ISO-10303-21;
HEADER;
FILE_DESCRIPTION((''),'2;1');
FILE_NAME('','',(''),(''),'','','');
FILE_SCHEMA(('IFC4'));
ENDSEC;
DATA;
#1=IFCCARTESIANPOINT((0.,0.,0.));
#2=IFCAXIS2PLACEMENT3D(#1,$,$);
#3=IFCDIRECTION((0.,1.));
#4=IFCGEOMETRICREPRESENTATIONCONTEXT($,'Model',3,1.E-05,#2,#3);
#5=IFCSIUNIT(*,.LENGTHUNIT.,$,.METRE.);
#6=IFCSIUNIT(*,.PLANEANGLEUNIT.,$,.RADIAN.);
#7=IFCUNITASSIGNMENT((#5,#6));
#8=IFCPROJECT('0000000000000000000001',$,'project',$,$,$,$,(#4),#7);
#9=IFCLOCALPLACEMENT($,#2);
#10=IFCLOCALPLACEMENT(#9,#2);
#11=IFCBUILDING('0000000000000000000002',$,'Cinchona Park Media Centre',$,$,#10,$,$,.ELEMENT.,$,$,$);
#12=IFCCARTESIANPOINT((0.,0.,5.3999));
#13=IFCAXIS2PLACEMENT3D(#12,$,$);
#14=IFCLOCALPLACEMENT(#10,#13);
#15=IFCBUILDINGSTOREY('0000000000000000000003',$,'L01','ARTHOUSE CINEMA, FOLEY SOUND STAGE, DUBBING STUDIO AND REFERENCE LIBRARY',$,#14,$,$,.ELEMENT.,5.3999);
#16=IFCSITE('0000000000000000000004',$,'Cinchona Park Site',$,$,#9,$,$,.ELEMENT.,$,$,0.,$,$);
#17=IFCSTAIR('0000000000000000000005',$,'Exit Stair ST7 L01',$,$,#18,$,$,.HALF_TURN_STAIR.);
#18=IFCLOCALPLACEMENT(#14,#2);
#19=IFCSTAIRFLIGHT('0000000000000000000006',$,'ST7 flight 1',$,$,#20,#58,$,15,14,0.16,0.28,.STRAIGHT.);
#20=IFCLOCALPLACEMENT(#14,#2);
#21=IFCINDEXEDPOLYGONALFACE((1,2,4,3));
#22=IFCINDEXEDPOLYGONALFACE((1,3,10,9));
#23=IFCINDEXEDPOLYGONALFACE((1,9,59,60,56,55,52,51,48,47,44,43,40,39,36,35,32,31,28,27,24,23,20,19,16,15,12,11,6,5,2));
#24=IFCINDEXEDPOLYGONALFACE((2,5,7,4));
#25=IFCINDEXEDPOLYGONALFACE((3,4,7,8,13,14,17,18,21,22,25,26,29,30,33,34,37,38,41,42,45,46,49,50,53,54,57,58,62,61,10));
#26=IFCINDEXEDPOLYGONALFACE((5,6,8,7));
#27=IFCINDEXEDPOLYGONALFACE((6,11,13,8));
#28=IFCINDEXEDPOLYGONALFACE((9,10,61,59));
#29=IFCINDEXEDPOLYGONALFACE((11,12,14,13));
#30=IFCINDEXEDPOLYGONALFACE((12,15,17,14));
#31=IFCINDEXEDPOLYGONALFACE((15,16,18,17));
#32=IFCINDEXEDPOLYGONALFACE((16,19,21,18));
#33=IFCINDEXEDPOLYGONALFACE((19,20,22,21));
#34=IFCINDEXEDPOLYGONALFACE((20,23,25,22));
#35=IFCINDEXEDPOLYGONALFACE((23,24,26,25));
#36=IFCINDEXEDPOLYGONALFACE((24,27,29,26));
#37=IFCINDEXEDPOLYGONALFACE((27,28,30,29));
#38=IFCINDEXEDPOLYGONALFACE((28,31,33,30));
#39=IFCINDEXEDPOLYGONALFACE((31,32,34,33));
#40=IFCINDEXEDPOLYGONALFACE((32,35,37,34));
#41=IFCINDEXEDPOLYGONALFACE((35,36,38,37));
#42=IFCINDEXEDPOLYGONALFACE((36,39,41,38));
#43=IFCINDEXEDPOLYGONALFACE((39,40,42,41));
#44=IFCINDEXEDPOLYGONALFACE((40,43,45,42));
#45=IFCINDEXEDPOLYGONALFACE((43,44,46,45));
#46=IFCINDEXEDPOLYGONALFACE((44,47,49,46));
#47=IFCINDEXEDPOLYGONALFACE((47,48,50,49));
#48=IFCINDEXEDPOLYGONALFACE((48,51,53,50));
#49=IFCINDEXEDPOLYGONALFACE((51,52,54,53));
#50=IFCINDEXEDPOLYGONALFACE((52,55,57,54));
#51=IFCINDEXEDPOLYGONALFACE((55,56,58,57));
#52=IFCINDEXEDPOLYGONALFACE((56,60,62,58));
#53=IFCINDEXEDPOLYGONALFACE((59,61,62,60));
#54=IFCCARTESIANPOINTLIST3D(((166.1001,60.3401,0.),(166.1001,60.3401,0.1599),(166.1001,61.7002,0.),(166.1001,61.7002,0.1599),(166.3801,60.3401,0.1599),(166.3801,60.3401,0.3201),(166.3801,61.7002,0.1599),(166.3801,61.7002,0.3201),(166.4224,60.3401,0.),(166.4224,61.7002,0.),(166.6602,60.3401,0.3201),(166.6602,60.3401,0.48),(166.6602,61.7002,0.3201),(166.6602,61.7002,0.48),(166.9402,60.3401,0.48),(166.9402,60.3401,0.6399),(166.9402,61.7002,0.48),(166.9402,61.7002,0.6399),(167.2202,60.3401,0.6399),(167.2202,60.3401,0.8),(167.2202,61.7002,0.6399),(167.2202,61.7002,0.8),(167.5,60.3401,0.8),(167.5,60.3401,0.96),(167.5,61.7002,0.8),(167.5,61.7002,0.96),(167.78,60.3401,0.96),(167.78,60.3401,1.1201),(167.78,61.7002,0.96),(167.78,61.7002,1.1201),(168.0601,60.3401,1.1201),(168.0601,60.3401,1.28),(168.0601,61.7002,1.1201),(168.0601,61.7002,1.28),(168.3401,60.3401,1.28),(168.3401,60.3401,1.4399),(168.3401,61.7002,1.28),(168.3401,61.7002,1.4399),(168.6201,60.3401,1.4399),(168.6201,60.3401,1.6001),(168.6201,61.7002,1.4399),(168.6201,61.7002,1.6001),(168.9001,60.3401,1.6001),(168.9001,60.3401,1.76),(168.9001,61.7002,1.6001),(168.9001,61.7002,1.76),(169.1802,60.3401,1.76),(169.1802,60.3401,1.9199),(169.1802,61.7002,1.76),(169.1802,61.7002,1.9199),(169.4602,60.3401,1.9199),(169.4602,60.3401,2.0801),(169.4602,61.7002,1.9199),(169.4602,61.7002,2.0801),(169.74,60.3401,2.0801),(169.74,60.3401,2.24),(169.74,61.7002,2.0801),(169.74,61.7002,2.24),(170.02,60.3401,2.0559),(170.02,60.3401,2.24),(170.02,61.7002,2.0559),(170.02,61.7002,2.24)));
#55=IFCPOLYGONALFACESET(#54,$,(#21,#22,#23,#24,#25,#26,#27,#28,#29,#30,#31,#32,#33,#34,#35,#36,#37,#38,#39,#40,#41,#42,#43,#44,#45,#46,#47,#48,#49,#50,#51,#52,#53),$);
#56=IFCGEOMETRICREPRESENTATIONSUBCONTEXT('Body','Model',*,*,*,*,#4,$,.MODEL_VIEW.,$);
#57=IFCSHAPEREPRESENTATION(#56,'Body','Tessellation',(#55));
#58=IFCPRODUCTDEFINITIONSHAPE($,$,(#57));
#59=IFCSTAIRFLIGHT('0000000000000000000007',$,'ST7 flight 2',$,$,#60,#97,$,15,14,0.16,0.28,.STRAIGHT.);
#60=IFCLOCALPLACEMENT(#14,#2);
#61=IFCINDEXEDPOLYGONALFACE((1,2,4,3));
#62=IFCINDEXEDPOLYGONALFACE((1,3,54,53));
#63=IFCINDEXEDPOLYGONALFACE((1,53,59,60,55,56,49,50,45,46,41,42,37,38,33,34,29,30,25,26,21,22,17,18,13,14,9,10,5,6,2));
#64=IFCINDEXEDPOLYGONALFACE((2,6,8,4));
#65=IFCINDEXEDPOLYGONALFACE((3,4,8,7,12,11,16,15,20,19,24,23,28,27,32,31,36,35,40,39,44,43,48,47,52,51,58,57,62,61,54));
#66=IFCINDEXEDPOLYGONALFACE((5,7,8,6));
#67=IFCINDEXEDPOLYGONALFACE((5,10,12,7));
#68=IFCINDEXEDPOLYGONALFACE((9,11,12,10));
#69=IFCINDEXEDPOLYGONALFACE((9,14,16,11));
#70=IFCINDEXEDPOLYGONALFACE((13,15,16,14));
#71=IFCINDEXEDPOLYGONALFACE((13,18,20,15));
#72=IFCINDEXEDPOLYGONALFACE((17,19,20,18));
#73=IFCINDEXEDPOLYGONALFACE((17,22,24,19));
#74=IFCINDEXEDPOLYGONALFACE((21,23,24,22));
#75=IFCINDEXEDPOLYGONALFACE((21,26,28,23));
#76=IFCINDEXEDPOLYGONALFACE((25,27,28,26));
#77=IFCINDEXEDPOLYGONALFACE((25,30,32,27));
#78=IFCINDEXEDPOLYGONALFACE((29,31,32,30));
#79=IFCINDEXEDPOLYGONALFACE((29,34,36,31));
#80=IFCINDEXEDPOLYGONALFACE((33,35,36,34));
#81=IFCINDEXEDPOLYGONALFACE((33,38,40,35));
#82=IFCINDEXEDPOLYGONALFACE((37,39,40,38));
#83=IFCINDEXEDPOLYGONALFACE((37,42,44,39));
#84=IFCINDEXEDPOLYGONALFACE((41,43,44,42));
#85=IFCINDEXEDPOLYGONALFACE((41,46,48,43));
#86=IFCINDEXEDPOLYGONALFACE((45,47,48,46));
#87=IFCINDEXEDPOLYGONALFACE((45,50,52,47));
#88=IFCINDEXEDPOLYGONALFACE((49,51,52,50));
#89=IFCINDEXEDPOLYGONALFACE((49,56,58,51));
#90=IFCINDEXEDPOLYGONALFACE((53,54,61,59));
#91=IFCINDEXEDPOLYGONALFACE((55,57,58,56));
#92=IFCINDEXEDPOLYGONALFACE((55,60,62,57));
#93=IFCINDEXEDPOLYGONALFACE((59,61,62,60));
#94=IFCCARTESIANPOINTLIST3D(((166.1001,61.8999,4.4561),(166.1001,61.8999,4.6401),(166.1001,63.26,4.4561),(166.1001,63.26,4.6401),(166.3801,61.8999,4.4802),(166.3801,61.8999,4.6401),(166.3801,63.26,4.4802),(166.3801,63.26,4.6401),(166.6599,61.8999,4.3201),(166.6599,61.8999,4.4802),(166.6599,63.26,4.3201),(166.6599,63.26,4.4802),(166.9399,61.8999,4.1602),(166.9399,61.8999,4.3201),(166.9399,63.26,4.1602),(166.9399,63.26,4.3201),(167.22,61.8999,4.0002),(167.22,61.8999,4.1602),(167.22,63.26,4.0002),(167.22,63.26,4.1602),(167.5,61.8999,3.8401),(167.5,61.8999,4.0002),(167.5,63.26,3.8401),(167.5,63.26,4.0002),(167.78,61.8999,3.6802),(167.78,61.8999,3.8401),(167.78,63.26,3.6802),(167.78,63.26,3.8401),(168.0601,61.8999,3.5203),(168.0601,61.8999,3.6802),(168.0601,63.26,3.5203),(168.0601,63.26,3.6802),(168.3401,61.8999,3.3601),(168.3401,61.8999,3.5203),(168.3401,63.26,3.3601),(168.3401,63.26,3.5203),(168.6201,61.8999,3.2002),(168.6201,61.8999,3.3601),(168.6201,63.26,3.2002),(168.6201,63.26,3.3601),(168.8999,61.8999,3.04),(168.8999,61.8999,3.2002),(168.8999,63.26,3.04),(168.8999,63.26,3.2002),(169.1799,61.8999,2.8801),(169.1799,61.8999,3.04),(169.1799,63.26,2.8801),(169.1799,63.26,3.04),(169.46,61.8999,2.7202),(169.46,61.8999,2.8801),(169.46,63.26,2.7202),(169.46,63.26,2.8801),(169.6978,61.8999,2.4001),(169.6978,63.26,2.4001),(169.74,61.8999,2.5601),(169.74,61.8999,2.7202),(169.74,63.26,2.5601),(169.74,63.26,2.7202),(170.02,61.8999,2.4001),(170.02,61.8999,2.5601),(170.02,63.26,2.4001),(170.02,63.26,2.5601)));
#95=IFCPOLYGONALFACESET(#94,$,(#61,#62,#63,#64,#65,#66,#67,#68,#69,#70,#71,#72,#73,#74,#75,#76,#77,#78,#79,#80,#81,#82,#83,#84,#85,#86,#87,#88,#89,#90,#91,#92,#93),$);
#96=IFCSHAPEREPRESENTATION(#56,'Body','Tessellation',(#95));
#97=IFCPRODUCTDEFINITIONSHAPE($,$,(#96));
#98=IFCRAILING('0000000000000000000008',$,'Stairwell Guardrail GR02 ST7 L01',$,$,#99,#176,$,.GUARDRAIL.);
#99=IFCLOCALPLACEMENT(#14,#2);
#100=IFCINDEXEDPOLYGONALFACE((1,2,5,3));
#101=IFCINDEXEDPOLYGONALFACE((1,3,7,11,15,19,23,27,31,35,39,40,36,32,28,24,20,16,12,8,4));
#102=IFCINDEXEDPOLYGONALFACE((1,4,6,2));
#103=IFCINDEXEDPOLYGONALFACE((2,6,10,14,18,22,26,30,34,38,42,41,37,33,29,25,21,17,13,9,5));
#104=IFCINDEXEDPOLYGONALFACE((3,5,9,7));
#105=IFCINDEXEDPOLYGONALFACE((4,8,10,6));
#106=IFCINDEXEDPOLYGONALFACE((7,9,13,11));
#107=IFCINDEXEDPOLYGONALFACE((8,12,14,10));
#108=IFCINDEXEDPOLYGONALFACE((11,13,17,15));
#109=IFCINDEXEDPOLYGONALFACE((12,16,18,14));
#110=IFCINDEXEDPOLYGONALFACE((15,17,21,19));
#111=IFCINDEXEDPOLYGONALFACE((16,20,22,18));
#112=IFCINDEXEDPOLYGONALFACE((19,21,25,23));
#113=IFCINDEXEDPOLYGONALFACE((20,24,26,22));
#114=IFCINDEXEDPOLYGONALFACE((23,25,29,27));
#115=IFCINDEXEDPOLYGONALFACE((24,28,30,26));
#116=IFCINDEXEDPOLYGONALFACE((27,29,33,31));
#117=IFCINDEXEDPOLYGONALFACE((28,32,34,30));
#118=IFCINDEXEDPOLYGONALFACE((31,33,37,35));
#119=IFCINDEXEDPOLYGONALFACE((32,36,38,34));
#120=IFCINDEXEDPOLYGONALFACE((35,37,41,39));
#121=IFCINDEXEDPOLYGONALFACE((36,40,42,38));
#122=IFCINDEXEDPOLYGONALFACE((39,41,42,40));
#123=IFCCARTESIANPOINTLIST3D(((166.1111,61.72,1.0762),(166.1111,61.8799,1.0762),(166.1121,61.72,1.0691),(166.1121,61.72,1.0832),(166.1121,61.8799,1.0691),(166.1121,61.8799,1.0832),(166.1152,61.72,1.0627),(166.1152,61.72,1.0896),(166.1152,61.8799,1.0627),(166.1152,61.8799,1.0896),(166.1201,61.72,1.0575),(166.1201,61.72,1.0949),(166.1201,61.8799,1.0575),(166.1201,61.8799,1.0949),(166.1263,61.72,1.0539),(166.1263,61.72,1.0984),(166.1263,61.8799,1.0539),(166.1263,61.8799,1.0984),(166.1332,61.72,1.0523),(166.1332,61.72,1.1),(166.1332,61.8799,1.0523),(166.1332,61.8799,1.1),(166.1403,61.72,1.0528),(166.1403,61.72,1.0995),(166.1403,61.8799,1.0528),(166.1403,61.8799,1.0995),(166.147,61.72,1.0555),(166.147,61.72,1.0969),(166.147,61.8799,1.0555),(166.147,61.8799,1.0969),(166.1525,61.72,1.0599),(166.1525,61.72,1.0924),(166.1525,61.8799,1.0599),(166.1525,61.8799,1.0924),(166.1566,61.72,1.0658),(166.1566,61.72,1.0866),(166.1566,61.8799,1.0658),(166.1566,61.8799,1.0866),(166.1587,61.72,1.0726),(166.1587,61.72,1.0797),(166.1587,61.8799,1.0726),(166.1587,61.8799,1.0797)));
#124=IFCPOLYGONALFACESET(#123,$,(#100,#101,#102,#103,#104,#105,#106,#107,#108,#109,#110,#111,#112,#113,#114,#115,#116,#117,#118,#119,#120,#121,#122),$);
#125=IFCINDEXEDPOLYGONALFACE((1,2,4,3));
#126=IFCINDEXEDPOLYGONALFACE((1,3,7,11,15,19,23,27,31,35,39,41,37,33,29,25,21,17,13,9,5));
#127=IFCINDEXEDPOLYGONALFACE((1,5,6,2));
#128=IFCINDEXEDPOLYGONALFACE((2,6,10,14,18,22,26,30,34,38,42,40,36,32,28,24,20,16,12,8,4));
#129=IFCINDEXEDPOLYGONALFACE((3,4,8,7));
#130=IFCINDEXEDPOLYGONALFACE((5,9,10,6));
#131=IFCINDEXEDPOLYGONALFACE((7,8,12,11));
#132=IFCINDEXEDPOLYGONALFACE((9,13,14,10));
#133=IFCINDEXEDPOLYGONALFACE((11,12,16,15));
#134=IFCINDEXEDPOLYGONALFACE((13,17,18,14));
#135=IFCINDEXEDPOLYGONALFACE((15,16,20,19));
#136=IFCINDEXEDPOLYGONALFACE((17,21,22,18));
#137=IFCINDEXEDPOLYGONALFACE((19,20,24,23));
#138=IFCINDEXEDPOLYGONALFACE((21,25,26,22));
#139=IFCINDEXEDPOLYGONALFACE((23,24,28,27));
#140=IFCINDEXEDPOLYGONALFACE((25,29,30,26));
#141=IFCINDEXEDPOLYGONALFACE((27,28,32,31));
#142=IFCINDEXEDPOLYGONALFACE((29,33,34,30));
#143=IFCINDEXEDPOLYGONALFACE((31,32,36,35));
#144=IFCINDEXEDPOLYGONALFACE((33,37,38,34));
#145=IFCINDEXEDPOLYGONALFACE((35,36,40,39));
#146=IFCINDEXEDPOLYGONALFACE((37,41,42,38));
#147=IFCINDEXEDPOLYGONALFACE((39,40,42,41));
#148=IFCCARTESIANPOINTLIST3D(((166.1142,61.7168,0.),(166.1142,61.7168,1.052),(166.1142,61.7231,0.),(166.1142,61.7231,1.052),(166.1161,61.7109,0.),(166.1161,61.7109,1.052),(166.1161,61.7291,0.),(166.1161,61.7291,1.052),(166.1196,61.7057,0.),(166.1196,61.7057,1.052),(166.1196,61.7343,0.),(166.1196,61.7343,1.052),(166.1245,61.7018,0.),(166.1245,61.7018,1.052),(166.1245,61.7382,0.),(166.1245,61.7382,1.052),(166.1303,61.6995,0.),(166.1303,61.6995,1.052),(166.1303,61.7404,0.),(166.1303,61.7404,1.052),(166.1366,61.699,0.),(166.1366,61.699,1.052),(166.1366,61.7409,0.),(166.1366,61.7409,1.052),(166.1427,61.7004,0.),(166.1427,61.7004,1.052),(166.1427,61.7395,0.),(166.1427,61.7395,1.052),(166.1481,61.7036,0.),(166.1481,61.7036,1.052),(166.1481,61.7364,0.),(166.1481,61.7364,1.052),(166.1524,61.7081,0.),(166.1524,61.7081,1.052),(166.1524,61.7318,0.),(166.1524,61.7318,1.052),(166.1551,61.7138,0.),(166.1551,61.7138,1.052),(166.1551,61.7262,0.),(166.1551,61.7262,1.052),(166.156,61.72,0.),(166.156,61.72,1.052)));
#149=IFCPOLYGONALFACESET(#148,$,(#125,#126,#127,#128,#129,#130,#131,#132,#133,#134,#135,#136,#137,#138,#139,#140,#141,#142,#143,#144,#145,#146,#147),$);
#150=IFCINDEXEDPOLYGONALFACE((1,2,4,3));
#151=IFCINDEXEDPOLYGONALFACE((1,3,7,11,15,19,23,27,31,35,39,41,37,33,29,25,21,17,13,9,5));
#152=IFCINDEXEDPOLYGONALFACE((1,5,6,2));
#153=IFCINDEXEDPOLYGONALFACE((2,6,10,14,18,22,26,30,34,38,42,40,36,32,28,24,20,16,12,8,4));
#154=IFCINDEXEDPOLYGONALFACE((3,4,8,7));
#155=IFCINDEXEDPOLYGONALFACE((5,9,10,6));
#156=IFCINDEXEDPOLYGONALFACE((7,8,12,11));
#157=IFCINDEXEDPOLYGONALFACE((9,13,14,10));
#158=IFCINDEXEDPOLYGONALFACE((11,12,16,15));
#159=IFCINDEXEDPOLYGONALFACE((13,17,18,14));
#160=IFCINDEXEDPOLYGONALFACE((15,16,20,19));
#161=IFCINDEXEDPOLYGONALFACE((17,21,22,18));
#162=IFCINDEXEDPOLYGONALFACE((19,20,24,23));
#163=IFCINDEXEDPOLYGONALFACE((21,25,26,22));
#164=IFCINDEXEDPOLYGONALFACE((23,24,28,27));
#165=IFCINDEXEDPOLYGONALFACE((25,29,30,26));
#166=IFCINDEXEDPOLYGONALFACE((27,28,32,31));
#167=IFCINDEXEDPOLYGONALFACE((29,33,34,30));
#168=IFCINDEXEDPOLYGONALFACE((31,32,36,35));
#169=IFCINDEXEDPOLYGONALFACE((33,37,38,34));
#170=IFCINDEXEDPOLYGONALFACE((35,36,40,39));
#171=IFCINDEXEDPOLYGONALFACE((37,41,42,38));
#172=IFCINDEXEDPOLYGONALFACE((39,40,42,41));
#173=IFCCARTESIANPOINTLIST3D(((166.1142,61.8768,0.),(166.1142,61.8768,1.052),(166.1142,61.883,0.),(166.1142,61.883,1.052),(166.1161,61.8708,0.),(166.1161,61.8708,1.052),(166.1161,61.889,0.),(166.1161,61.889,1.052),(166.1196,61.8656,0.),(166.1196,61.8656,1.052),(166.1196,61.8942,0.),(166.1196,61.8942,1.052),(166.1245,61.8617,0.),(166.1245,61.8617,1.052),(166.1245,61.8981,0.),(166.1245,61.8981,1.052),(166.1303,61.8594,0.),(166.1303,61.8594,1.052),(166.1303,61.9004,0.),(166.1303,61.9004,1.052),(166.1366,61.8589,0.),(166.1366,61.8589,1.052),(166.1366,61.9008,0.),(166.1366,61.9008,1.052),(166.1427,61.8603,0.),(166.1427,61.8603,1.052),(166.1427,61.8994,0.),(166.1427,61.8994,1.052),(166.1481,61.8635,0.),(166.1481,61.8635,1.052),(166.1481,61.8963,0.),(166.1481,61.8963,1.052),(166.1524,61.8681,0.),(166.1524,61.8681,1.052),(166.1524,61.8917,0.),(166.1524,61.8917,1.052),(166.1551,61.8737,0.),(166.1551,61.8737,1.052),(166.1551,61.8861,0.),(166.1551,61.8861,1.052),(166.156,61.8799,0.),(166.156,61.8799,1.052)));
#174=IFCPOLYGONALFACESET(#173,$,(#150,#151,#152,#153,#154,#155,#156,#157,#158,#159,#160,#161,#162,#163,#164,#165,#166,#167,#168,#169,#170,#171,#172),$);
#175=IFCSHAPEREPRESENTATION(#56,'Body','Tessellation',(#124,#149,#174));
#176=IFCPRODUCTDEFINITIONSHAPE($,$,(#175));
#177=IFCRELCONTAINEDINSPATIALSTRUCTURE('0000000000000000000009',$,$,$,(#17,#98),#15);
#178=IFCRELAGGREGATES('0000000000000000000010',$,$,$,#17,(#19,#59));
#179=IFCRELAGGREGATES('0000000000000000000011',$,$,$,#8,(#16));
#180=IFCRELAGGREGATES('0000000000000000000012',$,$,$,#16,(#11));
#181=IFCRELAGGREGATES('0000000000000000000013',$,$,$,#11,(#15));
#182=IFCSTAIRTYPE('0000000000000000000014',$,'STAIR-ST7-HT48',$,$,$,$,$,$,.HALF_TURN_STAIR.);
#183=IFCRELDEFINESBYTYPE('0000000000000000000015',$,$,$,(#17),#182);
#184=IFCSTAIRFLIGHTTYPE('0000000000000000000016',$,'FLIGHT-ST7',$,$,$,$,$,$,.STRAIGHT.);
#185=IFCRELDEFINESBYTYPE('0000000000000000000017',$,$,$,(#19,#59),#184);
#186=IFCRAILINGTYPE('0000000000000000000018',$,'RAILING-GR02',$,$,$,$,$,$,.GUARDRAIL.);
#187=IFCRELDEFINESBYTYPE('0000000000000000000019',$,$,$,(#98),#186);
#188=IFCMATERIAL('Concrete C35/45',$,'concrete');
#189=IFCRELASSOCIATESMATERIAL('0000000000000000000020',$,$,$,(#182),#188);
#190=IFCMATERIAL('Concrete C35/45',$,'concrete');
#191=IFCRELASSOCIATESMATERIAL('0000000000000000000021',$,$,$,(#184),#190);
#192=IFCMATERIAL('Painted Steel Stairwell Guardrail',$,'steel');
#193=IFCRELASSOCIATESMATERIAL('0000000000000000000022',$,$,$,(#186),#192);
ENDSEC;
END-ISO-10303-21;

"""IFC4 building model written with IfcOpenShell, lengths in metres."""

from ifc_helpers import new_model, si_unit, direction, frame, origin, origin_2d, place, context, subcontext, project, spatial, polyline, circle, outline, extrude, material, type_object, element, aggregate, save


model = new_model("IFC4")

# Units and contexts
model_context = context("Model", 3, precision=1e-05, world=origin(), true_north=direction((0.0, 1.0)))
body_context = subcontext(model_context, "Body", "Model", "MODEL_VIEW")
ifc_project = project(units=[si_unit("LENGTHUNIT", "METRE"), si_unit("PLANEANGLEUNIT", "RADIAN")], contexts=[model_context])

# Site, building, storey
site_placement = place(None, origin())
site = spatial("IfcSite", under=ifc_project, at=site_placement, Name="Cinchona Park Site", CompositionType="ELEMENT", RefElevation=0.0)
building_placement = place(site_placement, origin())
building = spatial("IfcBuilding", under=site, at=building_placement, Name="Cinchona Park Media Centre", CompositionType="ELEMENT")
storey_placement = place(building_placement, frame((0.0, 0.0, 5.3999)))
storey = spatial("IfcBuildingStorey", under=building, at=storey_placement, Name="L01", Description="ARTHOUSE CINEMA, FOLEY SOUND STAGE, DUBBING STUDIO AND REFERENCE LIBRARY", CompositionType="ELEMENT", Elevation=5.3999)

# Stair, stair flights
ifc_material_1 = material(Name="Concrete C35/45", Category="concrete")
stair_type = type_object("IfcStairType", Name="STAIR-ST7-HT48", PredefinedType="HALF_TURN_STAIR", material=ifc_material_1)
stair_placement = place(storey_placement, origin())
stair = element("IfcStair", 1, at=stair_placement, inside=storey, type_object=stair_type, Name="Exit Stair ST7 L01", PredefinedType="HALF_TURN_STAIR")
ifc_material_2 = material(Name="Concrete C35/45", Category="concrete")
stair_flight_type = type_object("IfcStairFlightType", Name="FLIGHT-ST7", PredefinedType="STRAIGHT", material=ifc_material_2)
stair_flight_1_placement = place(storey_placement, frame((166.1001, 61.02, 0.0), z_axis=(0.0, 0.0, 1.0), x_axis=(1.0, 0.0, 0.0)))
stair_flight_1 = element("IfcStairFlight", 2, at=stair_flight_1_placement, type_object=stair_flight_type, Name="ST7 flight 1", NumberOfRisers=15, NumberOfTreads=14, PredefinedType="STRAIGHT", RiserHeight=0.16, TreadLength=0.28, context=body_context, shape_type="SweptSolid", body=[
    extrude(outline(polyline([(0.0, 0.0), (0.0, 0.1599), (0.28, 0.1599), (0.28, 0.3201), (0.5601, 0.3201), (0.5601, 0.48), (0.8401, 0.48), (0.8401, 0.6399), (1.1201, 0.6399), (1.1201, 0.8), (1.3999, 0.8), (1.3999, 0.96), (1.6799, 0.96), (1.6799, 1.1201), (1.96, 1.1201), (1.96, 1.28), (2.24, 1.28), (2.24, 1.4399), (2.52, 1.4399), (2.52, 1.6001), (2.8, 1.6001), (2.8, 1.76), (3.0801, 1.76), (3.0801, 1.9199), (3.3601, 1.9199), (3.3601, 2.0801), (3.6399, 2.0801), (3.6399, 2.24), (3.9199, 2.24), (3.9199, 2.3999), (3.9199, 2.0559), (0.3223, 0.0), (0.0, 0.0)])), frame((0.0, 0.6802, 0.0), z_axis=(0.0, -1.0, 0.0), x_axis=(1.0, 0.0, 0.0)), (0.0, 0.0, 1.0), 1.3601),
])
stair_flight_2_placement = place(storey_placement, frame((170.02, 62.5801, 2.4001), z_axis=(0.0, 0.0, 1.0), x_axis=(-1.0, 0.0, 0.0)))
stair_flight_2 = element("IfcStairFlight", 3, at=stair_flight_2_placement, type_object=stair_flight_type, Name="ST7 flight 2", NumberOfRisers=15, NumberOfTreads=14, PredefinedType="STRAIGHT", RiserHeight=0.16, TreadLength=0.28, context=body_context, shape_type="SweptSolid", body=[
    extrude(outline(polyline([(0.0, 0.0), (0.0, 0.1599), (0.28, 0.1599), (0.28, 0.3201), (0.5601, 0.3201), (0.5601, 0.48), (0.8401, 0.48), (0.8401, 0.6399), (1.1201, 0.6399), (1.1201, 0.8), (1.3999, 0.8), (1.3999, 0.96), (1.6799, 0.96), (1.6799, 1.1201), (1.96, 1.1201), (1.96, 1.28), (2.24, 1.28), (2.24, 1.4399), (2.52, 1.4399), (2.52, 1.6001), (2.8, 1.6001), (2.8, 1.76), (3.0801, 1.76), (3.0801, 1.9199), (3.3601, 1.9199), (3.3601, 2.0801), (3.6399, 2.0801), (3.6399, 2.24), (3.9199, 2.24), (3.9199, 2.3999), (3.9199, 2.0559), (0.3223, 0.0), (0.0, 0.0)])), frame((0.0, 0.6802, 0.0), z_axis=(0.0, -1.0, 0.0), x_axis=(1.0, 0.0, 0.0)), (0.0, 0.0, 1.0), 1.3601),
])
aggregate(stair, [stair_flight_1, stair_flight_2])

# Railing
ifc_material_3 = material(Name="Painted Steel Stairwell Guardrail", Category="steel")
railing_type_1 = type_object("IfcRailingType", Name="RAILING-GR02", PredefinedType="GUARDRAIL", material=ifc_material_3)
for number, where, name in (
    (4, (166.135, 61.72, 0.0), "Stairwell Guardrail GR02 ST7 L01"),
):
    element("IfcRailing", number, at=place(storey_placement, frame(where)), inside=storey, type_object=railing_type_1, Name=name, PredefinedType="GUARDRAIL", context=body_context, shape_type="SweptSolid", body=[
        extrude(circle(Radius=0.0239, at=origin_2d()), frame((0.0, 0.0, 1.0762), z_axis=(0.0, 1.0, 0.0), x_axis=(-1.0, 0.0, 0.0)), (0.0, 0.0, 1.0), 0.1599),
        extrude(circle(Radius=0.021, at=origin_2d()), origin(), (0.0, 0.0, 1.0), 1.052),
        extrude(circle(Radius=0.021, at=origin_2d()), frame((0.0, 0.1599, 0.0)), (0.0, 0.0, 1.0), 1.052),
    ])

save(model, "model.ifc")
